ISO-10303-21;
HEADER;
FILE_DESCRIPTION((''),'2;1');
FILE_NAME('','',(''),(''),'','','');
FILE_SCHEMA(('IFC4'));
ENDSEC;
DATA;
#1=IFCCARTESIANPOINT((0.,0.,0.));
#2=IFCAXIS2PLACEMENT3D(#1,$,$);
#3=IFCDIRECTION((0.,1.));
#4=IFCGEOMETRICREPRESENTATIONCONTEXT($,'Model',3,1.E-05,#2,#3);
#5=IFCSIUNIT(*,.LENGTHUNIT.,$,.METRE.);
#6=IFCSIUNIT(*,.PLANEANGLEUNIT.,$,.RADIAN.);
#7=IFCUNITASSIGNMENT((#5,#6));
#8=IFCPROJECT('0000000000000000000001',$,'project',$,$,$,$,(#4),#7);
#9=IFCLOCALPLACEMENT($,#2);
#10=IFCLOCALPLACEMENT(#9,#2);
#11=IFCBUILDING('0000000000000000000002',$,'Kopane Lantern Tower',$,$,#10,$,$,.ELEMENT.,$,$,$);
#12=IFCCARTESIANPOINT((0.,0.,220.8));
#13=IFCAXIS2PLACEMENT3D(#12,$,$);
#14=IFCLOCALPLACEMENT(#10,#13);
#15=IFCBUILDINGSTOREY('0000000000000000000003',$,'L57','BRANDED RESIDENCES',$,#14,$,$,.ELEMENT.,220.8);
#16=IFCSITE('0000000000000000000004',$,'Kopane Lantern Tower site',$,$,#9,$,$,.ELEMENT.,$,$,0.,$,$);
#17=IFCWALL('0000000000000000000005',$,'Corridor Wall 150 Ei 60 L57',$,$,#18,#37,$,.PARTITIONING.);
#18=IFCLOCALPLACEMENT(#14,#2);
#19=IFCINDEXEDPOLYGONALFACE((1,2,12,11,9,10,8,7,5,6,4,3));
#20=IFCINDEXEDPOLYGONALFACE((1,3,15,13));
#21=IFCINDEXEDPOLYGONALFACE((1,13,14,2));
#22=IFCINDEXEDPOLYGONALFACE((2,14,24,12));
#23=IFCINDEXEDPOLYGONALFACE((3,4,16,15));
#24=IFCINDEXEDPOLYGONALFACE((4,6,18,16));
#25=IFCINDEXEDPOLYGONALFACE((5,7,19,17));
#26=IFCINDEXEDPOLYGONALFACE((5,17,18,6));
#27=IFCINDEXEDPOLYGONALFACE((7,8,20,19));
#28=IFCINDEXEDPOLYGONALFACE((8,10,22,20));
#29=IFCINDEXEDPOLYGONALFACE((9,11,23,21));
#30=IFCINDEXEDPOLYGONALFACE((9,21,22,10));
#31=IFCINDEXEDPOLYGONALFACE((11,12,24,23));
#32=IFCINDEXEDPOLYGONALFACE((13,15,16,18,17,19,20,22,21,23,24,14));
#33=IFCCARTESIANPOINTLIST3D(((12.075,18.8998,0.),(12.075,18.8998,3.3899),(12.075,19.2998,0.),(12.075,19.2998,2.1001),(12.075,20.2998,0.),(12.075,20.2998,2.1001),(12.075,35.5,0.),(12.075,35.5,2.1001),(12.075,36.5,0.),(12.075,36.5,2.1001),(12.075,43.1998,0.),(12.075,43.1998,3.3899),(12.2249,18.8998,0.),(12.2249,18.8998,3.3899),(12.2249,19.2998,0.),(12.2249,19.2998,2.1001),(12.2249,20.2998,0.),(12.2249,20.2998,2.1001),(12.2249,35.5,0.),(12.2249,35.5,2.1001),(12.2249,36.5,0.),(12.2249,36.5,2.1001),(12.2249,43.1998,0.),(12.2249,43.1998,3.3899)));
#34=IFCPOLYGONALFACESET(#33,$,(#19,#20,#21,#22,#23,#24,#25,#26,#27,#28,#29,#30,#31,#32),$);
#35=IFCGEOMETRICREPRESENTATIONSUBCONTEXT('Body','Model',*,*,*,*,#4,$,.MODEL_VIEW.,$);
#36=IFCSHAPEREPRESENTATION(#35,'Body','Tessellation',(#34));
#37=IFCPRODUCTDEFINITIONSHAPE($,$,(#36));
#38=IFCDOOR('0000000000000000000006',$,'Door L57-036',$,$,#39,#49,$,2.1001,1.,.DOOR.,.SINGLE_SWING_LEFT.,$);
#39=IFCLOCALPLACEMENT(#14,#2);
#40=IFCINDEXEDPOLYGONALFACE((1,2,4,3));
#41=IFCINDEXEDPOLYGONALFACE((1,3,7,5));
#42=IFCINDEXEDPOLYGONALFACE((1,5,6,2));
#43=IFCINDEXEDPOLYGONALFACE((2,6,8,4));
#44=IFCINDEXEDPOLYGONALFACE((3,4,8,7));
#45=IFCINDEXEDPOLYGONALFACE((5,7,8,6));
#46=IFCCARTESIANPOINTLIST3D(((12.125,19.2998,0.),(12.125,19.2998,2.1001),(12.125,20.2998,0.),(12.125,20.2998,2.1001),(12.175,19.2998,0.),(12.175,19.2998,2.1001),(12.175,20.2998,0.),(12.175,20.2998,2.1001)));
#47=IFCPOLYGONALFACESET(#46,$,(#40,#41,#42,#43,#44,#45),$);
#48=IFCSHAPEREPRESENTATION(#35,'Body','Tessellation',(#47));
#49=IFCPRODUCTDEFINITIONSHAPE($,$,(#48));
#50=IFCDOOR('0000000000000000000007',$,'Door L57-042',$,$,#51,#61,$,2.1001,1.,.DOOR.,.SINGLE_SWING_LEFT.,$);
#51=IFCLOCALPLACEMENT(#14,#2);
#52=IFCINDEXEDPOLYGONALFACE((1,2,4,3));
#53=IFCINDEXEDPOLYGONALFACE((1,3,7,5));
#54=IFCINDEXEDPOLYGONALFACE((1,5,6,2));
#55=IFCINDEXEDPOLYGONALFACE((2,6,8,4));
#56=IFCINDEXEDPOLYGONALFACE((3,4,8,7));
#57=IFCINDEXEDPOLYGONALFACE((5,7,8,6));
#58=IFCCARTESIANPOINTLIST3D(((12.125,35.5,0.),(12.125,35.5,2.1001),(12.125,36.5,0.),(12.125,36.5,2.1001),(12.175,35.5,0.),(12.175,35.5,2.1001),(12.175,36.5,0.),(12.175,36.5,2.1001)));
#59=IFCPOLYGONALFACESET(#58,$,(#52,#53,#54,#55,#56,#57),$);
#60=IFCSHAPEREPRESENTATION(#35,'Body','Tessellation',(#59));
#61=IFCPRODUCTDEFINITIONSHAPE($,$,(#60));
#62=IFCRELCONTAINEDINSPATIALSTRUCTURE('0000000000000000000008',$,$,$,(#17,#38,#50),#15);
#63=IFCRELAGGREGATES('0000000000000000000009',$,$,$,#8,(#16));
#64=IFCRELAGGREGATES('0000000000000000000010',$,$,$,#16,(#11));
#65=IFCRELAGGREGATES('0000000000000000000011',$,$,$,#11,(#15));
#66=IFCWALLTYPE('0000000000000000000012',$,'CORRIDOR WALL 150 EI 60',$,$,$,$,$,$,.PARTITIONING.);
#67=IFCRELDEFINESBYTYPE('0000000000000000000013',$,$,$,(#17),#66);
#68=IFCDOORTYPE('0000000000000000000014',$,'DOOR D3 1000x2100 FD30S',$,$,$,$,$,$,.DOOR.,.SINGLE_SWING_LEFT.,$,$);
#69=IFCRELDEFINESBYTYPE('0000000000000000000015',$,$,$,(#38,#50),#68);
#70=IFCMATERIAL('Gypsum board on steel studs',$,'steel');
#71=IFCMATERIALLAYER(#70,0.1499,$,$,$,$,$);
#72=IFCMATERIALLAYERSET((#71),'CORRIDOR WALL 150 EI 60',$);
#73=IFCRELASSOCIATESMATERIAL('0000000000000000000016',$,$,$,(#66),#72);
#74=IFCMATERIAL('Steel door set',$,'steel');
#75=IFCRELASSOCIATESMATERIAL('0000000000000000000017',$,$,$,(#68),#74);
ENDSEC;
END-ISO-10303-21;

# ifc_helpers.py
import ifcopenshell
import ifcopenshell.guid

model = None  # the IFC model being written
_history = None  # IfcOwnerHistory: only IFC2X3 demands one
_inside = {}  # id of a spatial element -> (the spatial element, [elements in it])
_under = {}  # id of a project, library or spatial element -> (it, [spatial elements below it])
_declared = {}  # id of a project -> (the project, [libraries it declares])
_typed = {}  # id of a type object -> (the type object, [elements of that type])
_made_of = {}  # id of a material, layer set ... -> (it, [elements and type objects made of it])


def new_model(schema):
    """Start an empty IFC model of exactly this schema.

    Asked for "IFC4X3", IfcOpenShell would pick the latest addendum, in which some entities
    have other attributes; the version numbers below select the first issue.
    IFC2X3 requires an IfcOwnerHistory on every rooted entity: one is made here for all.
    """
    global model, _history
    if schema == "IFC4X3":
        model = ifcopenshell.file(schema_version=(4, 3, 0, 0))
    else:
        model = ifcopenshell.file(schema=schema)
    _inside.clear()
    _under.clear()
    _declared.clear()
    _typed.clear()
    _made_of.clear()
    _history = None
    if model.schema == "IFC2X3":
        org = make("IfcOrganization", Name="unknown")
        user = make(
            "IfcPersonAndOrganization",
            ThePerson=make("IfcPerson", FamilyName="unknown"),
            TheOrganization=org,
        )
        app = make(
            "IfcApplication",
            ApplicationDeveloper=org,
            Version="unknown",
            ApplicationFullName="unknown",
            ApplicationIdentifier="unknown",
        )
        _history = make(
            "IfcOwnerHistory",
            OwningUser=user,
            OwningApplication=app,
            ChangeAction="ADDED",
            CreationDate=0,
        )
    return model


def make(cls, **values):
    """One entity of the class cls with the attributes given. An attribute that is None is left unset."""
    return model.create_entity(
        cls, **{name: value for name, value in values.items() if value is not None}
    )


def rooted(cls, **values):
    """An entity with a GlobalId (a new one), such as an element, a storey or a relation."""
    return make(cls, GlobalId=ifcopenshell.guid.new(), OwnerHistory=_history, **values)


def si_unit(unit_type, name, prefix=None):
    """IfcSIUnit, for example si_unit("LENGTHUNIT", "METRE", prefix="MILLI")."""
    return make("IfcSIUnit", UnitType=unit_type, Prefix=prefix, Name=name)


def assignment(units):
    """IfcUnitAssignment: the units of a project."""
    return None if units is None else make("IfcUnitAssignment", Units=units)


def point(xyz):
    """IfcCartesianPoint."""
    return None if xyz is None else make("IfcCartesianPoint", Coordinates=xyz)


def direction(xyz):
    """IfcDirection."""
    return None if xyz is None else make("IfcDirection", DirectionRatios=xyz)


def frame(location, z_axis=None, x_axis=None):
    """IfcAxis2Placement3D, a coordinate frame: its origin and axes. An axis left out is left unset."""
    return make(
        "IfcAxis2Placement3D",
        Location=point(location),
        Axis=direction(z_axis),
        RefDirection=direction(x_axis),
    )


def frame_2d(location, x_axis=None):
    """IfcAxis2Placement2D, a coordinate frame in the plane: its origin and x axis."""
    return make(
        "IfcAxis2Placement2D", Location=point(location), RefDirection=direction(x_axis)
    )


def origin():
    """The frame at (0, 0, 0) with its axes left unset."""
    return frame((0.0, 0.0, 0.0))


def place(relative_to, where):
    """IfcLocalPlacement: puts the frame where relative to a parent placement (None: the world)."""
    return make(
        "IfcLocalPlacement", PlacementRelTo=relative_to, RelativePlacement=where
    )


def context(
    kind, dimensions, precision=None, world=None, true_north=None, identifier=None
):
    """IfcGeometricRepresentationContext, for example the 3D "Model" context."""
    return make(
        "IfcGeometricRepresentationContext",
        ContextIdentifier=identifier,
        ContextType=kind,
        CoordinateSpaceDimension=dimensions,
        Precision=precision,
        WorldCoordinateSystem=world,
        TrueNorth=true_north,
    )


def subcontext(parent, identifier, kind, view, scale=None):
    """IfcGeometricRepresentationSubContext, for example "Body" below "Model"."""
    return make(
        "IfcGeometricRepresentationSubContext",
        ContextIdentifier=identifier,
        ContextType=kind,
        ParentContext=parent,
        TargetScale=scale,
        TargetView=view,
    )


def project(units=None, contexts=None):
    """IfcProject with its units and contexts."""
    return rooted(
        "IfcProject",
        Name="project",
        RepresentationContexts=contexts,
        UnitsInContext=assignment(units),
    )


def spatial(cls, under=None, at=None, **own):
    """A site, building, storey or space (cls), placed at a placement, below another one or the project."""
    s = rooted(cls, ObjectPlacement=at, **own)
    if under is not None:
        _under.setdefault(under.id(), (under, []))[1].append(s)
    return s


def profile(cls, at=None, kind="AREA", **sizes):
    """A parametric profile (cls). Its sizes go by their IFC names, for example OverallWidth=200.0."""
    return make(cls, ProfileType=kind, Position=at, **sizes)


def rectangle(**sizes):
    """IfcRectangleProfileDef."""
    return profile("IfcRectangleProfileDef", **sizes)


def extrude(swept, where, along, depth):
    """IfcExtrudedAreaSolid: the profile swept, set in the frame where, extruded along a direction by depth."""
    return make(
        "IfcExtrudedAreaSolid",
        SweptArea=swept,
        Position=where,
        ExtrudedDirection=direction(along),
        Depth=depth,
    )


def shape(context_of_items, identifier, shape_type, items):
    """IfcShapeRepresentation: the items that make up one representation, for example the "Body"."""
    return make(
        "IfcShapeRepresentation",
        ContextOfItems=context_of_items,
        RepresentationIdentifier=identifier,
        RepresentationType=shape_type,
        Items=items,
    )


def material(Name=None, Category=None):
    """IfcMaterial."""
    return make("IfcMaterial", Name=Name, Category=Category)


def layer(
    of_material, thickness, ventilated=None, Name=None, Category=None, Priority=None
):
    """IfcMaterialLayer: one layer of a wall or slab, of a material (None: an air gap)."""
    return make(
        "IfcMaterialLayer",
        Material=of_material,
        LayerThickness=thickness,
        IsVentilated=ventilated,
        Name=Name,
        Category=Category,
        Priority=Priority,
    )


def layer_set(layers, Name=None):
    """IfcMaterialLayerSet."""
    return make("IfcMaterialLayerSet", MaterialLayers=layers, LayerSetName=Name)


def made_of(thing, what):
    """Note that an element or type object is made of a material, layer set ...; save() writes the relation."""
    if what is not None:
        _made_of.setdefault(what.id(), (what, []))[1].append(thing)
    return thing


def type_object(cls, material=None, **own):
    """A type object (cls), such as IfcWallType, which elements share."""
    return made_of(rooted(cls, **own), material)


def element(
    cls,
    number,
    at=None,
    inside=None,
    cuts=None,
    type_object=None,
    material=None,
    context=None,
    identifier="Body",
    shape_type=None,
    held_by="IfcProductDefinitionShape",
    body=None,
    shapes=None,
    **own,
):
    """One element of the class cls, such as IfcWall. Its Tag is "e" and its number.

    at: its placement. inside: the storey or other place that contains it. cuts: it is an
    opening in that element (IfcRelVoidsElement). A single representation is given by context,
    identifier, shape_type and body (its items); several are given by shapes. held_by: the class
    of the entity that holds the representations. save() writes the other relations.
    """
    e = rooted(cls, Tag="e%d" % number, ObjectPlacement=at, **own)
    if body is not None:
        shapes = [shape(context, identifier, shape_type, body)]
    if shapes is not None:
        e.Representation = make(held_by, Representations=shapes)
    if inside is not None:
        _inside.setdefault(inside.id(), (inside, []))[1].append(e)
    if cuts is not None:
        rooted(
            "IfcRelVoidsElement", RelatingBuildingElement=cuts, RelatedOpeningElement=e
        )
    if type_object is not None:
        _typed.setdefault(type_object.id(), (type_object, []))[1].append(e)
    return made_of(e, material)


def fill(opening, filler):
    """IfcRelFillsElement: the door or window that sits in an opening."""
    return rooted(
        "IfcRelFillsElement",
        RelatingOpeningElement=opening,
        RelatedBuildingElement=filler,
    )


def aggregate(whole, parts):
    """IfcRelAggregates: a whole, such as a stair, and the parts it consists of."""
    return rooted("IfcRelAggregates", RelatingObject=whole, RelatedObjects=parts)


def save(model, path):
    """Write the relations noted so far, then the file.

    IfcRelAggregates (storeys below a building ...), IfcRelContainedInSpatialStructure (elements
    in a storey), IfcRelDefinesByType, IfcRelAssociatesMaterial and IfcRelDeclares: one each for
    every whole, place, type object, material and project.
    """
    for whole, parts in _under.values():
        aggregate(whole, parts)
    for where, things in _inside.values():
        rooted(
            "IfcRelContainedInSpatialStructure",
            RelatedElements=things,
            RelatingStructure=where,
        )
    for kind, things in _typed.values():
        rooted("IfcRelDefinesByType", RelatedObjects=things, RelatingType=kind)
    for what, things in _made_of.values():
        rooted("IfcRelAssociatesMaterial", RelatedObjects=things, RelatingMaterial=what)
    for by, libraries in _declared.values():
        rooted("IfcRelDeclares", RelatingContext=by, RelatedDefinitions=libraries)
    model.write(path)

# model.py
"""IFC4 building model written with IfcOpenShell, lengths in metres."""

from ifc_helpers import new_model, si_unit, direction, frame, frame_2d, origin, place, context, subcontext, project, spatial, rectangle, extrude, material, layer, layer_set, type_object, element, fill, save


model = new_model("IFC4")

# Units and contexts
model_context = context("Model", 3, precision=1e-05, world=origin(), true_north=direction((0.0, 1.0)))
body_context = subcontext(model_context, "Body", "Model", "MODEL_VIEW")
ifc_project = project(units=[si_unit("LENGTHUNIT", "METRE"), si_unit("PLANEANGLEUNIT", "RADIAN")], contexts=[model_context])

# Site, building, storey
site_placement = place(None, origin())
site = spatial("IfcSite", under=ifc_project, at=site_placement, Name="Kopane Lantern Tower site", CompositionType="ELEMENT", RefElevation=0.0)
building_placement = place(site_placement, origin())
building = spatial("IfcBuilding", under=site, at=building_placement, Name="Kopane Lantern Tower", CompositionType="ELEMENT")
storey_placement = place(building_placement, frame((0.0, 0.0, 220.8)))
storey = spatial("IfcBuildingStorey", under=building, at=storey_placement, Name="L57", Description="BRANDED RESIDENCES", CompositionType="ELEMENT", Elevation=220.8)

# Wall, openings, doors
ifc_material_1 = material(Name="Gypsum board on steel studs", Category="steel")
ifc_layer_1 = layer(ifc_material_1, 0.1499)
ifc_layer_set_1 = layer_set([ifc_layer_1], Name="CORRIDOR WALL 150 EI 60")
wall_type_1 = type_object("IfcWallType", Name="CORRIDOR WALL 150 EI 60", PredefinedType="PARTITIONING", material=ifc_layer_set_1)
ifc_material_2 = material(Name="Steel door set", Category="steel")
door_type_1 = type_object("IfcDoorType", Name="DOOR D3 1000x2100 FD30S", OperationType="SINGLE_SWING_LEFT", PredefinedType="DOOR", material=ifc_material_2)
wall_1_placement = place(storey_placement, frame((12.1499, 18.8999, 0.0), z_axis=(0.0, 0.0, 1.0), x_axis=(0.0, 1.0, 0.0)))
wall_1 = element("IfcWall", 1, at=wall_1_placement, inside=storey, type_object=wall_type_1, Name="Corridor Wall 150 Ei 60 L57", PredefinedType="PARTITIONING", context=body_context, shape_type="SweptSolid", body=[
    extrude(rectangle(XDim=24.3, YDim=0.1499, at=frame_2d((12.1499, 0.0))), origin(), (0.0, 0.0, 1.0), 3.3899),
])
opening_1_placement = place(wall_1_placement, frame((0.3999, 0.0, 0.0)))
opening_1 = element("IfcOpeningElement", 2, at=opening_1_placement, cuts=wall_1, PredefinedType="OPENING", context=body_context, shape_type="SweptSolid", body=[
    extrude(rectangle(XDim=1.0, YDim=2.1001, at=frame_2d((0.5, 1.05))), frame((0.0, 0.085, 0.0), z_axis=(0.0, -1.0, 0.0), x_axis=(1.0, 0.0, 0.0)), (0.0, 0.0, 1.0), 0.1699),
])
opening_2_placement = place(wall_1_placement, frame((16.6001, 0.0, 0.0)))
opening_2 = element("IfcOpeningElement", 3, at=opening_2_placement, cuts=wall_1, PredefinedType="OPENING", context=body_context, shape_type="SweptSolid", body=[
    extrude(rectangle(XDim=1.0, YDim=2.1001, at=frame_2d((0.5, 1.05))), frame((0.0, 0.085, 0.0), z_axis=(0.0, -1.0, 0.0), x_axis=(1.0, 0.0, 0.0)), (0.0, 0.0, 1.0), 0.1699),
])
door_1_placement = place(opening_1_placement, origin())
door_1 = element("IfcDoor", 4, at=door_1_placement, inside=storey, type_object=door_type_1, Name="Door L57-036", OperationType="SINGLE_SWING_LEFT", OverallHeight=2.1001, OverallWidth=1.0, PredefinedType="DOOR", context=body_context, shape_type="SweptSolid", body=[
    extrude(rectangle(XDim=1.0, YDim=2.1001, at=frame_2d((0.5, 1.05))), frame((0.0, 0.0249, 0.0), z_axis=(0.0, -1.0, 0.0), x_axis=(1.0, 0.0, 0.0)), (0.0, 0.0, 1.0), 0.05),
])
fill(opening_1, door_1)
door_2_placement = place(opening_2_placement, origin())
door_2 = element("IfcDoor", 5, at=door_2_placement, inside=storey, type_object=door_type_1, Name="Door L57-042", OperationType="SINGLE_SWING_LEFT", OverallHeight=2.1001, OverallWidth=1.0, PredefinedType="DOOR", context=body_context, shape_type="SweptSolid", body=[
    extrude(rectangle(XDim=1.0, YDim=2.1001, at=frame_2d((0.5, 1.05))), frame((0.0, 0.0249, 0.0), z_axis=(0.0, -1.0, 0.0), x_axis=(1.0, 0.0, 0.0)), (0.0, 0.0, 1.0), 0.05),
])
fill(opening_2, door_2)

save(model, "model.ifc")
